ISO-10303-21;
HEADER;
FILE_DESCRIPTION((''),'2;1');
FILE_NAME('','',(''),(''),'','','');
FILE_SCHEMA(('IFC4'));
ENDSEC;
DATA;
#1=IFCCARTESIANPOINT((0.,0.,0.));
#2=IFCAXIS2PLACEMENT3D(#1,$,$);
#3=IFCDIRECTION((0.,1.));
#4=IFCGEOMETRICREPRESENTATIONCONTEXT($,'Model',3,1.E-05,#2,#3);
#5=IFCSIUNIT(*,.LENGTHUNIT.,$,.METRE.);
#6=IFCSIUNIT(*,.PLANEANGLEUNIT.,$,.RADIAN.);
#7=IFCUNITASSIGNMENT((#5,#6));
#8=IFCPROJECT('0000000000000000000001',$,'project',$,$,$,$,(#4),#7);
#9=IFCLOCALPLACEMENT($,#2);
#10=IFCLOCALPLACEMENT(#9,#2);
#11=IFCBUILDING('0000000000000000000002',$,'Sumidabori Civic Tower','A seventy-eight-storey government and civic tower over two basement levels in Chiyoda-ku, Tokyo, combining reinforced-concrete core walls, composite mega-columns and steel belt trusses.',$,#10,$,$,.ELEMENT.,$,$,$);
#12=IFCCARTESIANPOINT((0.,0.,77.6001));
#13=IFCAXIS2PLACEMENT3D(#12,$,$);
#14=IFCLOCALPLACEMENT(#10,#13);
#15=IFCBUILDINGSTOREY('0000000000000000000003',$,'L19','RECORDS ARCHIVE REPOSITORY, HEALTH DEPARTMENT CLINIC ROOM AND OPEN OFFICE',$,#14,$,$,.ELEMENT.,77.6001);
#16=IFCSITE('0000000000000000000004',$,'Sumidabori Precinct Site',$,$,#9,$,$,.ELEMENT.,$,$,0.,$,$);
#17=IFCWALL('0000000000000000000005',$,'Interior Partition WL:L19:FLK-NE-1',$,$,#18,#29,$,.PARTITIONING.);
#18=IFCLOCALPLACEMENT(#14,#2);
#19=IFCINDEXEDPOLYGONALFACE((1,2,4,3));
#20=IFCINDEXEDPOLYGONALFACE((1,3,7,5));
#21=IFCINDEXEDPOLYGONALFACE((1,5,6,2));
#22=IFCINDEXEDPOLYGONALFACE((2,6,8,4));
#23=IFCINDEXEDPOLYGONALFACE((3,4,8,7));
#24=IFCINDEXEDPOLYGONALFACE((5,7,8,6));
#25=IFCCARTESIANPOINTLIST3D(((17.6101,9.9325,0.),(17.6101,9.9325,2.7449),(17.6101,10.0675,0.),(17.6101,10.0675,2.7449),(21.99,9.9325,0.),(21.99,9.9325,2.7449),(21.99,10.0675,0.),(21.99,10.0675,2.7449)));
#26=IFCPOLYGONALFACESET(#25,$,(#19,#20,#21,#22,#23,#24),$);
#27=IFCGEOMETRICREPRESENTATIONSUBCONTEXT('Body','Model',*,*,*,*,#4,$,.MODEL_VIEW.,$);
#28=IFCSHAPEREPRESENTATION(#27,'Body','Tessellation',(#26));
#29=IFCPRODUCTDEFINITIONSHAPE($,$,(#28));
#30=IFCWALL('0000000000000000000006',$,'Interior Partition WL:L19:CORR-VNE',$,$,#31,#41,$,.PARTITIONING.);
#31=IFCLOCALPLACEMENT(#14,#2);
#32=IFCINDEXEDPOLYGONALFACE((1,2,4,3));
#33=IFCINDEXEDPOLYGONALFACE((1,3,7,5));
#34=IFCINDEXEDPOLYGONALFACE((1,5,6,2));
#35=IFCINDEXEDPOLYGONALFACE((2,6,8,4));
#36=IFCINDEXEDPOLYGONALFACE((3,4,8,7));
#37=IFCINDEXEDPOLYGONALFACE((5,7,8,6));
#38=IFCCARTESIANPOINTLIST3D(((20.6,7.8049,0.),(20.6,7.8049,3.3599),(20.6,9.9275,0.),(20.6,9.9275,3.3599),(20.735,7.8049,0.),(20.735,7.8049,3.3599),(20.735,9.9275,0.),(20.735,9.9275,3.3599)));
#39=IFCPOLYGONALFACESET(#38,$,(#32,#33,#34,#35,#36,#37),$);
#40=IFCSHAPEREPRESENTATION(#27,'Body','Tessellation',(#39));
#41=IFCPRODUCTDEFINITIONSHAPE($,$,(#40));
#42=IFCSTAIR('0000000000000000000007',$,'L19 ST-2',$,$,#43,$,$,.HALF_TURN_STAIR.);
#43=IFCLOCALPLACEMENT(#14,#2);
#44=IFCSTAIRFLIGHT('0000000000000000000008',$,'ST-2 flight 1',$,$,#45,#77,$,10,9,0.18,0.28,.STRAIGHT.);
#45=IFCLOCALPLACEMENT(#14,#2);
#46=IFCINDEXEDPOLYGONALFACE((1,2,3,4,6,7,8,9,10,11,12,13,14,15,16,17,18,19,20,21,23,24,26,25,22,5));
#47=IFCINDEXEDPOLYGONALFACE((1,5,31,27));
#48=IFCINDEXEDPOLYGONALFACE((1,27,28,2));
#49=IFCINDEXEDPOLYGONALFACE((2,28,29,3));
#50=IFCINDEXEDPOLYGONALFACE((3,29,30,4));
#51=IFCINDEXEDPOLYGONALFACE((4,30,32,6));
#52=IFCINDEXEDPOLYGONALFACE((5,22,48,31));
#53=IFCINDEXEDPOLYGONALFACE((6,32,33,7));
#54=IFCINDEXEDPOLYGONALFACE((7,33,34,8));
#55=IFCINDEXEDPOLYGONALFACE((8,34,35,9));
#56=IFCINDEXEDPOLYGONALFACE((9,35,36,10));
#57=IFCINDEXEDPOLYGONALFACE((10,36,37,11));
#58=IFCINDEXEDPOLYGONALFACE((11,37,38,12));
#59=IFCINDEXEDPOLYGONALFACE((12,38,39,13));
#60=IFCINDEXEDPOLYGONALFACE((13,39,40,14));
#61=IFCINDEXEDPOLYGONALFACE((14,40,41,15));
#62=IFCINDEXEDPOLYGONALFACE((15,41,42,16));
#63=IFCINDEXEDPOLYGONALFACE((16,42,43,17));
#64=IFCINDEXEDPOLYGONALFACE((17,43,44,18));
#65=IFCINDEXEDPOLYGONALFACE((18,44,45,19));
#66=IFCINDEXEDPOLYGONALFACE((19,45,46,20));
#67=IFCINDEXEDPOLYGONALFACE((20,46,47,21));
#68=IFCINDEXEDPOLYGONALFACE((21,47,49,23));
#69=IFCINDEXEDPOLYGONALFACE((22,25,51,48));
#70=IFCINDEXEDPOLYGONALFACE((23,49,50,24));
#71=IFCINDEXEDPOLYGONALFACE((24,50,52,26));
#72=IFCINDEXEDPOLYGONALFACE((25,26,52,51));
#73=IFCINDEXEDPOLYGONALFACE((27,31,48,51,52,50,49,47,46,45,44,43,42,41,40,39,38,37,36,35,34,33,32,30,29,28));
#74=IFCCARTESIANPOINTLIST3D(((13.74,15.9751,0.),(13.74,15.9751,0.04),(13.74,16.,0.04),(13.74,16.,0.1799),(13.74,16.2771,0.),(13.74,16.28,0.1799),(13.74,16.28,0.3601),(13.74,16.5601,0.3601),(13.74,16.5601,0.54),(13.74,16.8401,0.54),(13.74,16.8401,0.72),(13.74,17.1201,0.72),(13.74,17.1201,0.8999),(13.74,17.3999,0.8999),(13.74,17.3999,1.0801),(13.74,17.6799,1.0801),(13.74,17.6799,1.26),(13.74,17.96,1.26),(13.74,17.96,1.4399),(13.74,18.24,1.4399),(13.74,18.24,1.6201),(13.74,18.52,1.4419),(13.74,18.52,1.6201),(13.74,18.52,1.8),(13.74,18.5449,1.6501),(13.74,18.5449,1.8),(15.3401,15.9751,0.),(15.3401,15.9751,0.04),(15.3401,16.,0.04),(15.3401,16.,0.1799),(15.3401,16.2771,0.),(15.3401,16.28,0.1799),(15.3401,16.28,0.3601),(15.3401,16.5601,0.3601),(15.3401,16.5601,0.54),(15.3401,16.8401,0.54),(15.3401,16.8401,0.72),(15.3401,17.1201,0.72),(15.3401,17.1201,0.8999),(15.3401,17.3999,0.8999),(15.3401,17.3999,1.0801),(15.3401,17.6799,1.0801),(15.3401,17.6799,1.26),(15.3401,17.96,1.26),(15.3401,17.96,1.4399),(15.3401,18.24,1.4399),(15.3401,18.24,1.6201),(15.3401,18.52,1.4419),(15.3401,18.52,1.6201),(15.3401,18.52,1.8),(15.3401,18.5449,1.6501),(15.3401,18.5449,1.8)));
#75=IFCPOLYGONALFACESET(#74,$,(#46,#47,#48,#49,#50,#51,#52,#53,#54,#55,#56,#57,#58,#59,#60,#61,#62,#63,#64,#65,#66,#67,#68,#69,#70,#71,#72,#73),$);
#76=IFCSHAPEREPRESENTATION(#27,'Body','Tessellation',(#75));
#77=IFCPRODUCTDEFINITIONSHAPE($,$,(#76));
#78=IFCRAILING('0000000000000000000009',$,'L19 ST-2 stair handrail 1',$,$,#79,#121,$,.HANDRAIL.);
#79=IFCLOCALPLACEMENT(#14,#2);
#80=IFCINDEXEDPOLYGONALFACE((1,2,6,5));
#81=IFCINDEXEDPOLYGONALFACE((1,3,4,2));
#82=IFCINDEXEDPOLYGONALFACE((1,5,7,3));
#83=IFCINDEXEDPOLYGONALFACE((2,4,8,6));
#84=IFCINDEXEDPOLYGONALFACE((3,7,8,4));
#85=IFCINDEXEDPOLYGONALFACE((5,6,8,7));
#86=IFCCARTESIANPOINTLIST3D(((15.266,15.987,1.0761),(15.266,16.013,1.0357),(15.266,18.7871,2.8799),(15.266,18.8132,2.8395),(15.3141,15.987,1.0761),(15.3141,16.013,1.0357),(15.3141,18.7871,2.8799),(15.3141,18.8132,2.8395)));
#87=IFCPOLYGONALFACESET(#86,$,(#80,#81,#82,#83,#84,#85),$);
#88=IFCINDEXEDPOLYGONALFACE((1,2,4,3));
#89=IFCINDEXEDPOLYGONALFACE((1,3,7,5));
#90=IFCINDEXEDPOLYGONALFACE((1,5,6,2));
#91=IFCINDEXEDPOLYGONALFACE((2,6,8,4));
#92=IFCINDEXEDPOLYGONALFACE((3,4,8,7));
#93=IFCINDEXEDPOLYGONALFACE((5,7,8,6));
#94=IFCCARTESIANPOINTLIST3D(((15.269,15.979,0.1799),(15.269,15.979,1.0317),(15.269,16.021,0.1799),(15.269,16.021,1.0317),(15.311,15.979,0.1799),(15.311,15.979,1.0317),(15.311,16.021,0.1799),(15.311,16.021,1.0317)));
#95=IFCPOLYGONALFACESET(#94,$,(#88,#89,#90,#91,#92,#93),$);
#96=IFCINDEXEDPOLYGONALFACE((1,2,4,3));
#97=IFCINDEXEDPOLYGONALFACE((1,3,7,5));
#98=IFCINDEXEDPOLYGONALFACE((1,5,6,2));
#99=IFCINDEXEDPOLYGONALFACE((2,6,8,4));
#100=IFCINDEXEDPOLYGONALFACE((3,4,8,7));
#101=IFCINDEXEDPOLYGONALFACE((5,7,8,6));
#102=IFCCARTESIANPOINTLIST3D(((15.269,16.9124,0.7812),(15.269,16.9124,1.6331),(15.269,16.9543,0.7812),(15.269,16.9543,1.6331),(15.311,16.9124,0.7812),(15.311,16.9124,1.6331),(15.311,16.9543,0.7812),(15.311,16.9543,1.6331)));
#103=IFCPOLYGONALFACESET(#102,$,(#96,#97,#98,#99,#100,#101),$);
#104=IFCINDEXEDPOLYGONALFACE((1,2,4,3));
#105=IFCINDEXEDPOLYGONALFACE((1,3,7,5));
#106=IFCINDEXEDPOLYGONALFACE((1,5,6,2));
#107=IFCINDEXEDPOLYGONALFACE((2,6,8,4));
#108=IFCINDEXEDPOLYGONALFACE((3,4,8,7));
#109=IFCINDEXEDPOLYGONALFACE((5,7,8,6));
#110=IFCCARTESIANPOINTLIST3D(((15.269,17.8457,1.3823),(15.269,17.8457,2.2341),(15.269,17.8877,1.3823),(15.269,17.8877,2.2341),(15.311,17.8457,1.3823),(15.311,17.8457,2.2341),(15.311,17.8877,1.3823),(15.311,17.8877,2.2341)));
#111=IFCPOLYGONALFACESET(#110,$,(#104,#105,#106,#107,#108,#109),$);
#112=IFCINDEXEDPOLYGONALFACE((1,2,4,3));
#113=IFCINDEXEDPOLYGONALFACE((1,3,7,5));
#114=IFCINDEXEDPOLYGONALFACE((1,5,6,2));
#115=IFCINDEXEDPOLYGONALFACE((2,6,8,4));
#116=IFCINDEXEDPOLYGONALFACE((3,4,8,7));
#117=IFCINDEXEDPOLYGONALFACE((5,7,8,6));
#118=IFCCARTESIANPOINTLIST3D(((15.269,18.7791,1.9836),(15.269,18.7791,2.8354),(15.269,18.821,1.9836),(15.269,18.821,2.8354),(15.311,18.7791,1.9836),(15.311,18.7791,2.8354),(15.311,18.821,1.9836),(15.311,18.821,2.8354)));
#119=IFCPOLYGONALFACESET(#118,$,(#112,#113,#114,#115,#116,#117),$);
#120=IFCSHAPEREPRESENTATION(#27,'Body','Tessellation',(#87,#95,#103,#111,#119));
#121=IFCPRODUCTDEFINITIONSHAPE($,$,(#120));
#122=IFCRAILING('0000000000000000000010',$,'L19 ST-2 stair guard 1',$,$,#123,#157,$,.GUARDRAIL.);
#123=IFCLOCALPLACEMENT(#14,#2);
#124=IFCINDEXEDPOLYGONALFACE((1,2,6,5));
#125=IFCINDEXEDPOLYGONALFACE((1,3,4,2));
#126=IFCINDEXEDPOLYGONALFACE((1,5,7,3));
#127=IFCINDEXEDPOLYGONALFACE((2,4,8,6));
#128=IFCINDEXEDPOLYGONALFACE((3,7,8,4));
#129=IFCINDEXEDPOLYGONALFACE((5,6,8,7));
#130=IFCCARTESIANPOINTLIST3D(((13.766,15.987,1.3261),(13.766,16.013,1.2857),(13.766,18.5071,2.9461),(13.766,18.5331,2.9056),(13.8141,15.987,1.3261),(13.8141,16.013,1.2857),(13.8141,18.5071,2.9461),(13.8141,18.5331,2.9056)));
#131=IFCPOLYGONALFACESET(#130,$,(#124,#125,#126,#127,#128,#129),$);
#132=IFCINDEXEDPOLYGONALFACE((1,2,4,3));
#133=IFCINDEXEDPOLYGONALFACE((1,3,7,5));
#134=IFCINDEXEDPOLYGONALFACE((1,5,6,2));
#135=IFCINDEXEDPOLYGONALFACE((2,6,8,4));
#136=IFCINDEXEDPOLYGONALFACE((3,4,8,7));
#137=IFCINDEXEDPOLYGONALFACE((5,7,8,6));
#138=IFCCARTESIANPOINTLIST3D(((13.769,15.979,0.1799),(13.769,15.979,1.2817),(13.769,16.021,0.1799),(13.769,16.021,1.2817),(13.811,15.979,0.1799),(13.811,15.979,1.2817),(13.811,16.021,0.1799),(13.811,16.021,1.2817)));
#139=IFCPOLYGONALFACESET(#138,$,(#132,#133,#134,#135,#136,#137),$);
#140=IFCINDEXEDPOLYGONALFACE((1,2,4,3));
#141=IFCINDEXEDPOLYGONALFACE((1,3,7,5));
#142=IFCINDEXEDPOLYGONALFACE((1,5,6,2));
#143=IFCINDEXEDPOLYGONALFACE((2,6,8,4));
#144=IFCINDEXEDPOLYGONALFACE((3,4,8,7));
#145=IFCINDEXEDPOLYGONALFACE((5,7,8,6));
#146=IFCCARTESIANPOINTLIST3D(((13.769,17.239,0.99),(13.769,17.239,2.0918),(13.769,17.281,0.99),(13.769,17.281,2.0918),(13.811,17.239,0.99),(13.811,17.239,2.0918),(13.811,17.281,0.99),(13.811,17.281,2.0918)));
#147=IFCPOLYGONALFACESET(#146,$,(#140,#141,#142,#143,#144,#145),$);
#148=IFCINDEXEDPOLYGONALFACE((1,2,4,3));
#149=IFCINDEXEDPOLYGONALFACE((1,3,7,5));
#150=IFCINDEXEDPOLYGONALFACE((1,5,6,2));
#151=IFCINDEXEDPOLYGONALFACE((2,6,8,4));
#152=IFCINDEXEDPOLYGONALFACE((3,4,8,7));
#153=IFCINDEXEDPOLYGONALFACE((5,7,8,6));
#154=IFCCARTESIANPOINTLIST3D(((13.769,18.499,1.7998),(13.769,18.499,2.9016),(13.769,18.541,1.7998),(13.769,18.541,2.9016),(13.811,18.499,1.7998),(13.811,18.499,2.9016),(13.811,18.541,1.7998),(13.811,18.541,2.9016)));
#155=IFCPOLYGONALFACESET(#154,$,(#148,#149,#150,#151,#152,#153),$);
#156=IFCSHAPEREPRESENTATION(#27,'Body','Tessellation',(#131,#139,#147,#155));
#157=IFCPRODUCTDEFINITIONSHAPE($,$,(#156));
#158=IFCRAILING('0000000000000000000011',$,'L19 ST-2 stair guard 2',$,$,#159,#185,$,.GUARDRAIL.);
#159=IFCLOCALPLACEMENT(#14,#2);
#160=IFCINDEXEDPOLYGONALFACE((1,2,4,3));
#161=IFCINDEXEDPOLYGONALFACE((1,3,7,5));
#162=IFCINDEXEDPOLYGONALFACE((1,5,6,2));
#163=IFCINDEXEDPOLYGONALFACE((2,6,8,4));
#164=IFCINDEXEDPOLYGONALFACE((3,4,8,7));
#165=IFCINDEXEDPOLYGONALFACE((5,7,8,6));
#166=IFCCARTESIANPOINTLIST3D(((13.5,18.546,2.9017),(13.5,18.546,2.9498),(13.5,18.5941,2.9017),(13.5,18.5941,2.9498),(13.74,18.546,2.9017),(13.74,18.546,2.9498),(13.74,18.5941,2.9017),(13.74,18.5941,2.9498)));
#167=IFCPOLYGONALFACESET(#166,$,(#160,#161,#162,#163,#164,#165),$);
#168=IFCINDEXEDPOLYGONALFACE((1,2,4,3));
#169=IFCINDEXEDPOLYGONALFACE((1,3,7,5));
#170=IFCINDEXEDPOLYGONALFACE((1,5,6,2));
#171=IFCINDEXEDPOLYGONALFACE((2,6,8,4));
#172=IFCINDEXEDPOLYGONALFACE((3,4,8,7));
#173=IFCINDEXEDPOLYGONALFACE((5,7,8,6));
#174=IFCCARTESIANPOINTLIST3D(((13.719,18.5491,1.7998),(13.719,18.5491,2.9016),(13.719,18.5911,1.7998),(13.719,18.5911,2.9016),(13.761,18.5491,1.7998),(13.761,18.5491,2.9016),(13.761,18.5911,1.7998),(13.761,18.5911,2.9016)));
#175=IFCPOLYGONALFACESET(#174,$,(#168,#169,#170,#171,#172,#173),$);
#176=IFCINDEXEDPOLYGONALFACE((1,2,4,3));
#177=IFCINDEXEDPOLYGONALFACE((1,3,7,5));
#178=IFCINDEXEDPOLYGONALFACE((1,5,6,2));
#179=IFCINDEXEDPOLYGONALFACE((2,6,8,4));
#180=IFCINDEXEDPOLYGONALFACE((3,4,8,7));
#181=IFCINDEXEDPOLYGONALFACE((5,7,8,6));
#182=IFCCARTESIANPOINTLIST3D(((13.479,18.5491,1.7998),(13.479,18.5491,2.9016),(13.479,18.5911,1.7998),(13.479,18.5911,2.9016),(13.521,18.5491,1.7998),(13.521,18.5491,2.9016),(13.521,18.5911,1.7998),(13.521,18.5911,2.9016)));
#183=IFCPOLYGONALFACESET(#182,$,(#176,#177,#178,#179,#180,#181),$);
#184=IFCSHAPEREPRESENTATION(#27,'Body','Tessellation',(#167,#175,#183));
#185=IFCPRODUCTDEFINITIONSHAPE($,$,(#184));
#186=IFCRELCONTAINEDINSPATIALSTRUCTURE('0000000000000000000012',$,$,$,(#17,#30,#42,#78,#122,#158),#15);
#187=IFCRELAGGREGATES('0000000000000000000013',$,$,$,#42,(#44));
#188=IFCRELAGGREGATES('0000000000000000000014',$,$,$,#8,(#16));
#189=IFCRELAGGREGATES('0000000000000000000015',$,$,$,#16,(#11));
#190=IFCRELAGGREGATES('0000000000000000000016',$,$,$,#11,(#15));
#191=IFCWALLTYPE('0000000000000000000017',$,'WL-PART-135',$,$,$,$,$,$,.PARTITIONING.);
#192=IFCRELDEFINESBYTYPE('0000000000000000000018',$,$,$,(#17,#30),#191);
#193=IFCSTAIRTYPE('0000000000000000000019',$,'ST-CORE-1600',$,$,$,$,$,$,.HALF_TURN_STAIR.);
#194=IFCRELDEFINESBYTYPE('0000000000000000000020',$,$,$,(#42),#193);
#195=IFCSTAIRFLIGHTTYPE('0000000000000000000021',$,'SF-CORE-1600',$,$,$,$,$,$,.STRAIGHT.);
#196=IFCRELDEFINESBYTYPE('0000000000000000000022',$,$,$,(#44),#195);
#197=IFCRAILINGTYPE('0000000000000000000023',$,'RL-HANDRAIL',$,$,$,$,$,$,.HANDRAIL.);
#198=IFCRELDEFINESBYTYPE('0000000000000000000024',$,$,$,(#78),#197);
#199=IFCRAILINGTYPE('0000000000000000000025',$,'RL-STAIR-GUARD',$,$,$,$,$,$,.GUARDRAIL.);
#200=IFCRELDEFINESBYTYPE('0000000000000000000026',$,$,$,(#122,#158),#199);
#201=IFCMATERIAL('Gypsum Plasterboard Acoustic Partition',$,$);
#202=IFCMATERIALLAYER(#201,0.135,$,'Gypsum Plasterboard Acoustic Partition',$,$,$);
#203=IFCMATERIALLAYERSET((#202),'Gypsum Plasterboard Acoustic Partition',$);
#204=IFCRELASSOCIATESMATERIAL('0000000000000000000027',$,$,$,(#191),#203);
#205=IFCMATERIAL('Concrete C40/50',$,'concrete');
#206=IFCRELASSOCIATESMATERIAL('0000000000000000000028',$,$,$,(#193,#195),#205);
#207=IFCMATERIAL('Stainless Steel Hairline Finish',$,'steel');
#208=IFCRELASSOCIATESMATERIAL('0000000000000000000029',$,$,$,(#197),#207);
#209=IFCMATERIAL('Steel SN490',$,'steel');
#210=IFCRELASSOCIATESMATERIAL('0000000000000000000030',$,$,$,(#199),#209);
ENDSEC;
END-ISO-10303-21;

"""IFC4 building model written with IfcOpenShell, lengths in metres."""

from ifc_helpers import new_model, si_unit, direction, frame, frame_2d, origin, origin_2d, place, context, subcontext, project, spatial, polyline, rectangle, outline, extrude, source, transform, mapped, material, layer, layer_set, type_object, element, aggregate, save


model = new_model("IFC4")

# Units and contexts
model_context = context("Model", 3, precision=1e-05, world=origin(), true_north=direction((0.0, 1.0)))
body_context = subcontext(model_context, "Body", "Model", "MODEL_VIEW")
ifc_project = project(units=[si_unit("LENGTHUNIT", "METRE"), si_unit("PLANEANGLEUNIT", "RADIAN")], contexts=[model_context])

# Site, building, storey
site_placement = place(None, origin())
site = spatial("IfcSite", under=ifc_project, at=site_placement, Name="Sumidabori Precinct Site", CompositionType="ELEMENT", RefElevation=0.0)
building_placement = place(site_placement, origin())
building = spatial("IfcBuilding", under=site, at=building_placement, Name="Sumidabori Civic Tower", Description="A seventy-eight-storey government and civic tower over two basement levels in Chiyoda-ku, Tokyo, combining reinforced-concrete core walls, composite mega-columns and steel belt trusses.", CompositionType="ELEMENT")
storey_placement = place(building_placement, frame((0.0, 0.0, 77.6001)))
storey = spatial("IfcBuildingStorey", under=building, at=storey_placement, Name="L19", Description="RECORDS ARCHIVE REPOSITORY, HEALTH DEPARTMENT CLINIC ROOM AND OPEN OFFICE", CompositionType="ELEMENT", Elevation=77.6001)

# Shared definitions
ifc_material_1 = material(Name="Steel SN490", Category="steel")

# Walls
ifc_material_2 = material(Name="Gypsum Plasterboard Acoustic Partition")
ifc_layer_1 = layer(ifc_material_2, 0.135, Name="Gypsum Plasterboard Acoustic Partition")
ifc_layer_set_1 = layer_set([ifc_layer_1], Name="Gypsum Plasterboard Acoustic Partition")
wall_type_1 = type_object("IfcWallType", Name="WL-PART-135", PredefinedType="PARTITIONING", material=ifc_layer_set_1)
shared_shape_1 = source(origin(), body_context, "Body", "SweptSolid", [
    extrude(rectangle(XDim=4.3799, YDim=0.135, at=frame_2d((2.1899, 0.0))), origin(), (0.0, 0.0, 1.0), 2.7449),
])
wall_1_placement = place(storey_placement, frame((17.6101, 10.0, 0.0), z_axis=(0.0, 0.0, 1.0), x_axis=(1.0, 0.0, 0.0)))
element("IfcWall", 1, at=wall_1_placement, inside=storey, type_object=wall_type_1, Name="Interior Partition WL:L19:FLK-NE-1", PredefinedType="PARTITIONING", context=body_context, shape_type="MappedRepresentation", body=[
    mapped(shared_shape_1, transform((0.0, 0.0, 0.0), x_axis=(1.0, 0.0, 0.0), y_axis=(0.0, 1.0, 0.0), z_axis=(0.0, 0.0, 1.0), scale=1.0)),
])
shared_shape_2 = source(origin(), body_context, "Body", "SweptSolid", [
    extrude(rectangle(XDim=2.1226, YDim=0.135, at=frame_2d((1.0613, 0.0))), origin(), (0.0, 0.0, 1.0), 3.3599),
])
wall_2_placement = place(storey_placement, frame((20.6675, 7.8049, 0.0), z_axis=(0.0, 0.0, 1.0), x_axis=(0.0, 1.0, 0.0)))
element("IfcWall", 2, at=wall_2_placement, inside=storey, type_object=wall_type_1, Name="Interior Partition WL:L19:CORR-VNE", PredefinedType="PARTITIONING", context=body_context, shape_type="MappedRepresentation", body=[
    mapped(shared_shape_2, transform((0.0, 0.0, 0.0), x_axis=(1.0, 0.0, 0.0), y_axis=(0.0, 1.0, 0.0), z_axis=(0.0, 0.0, 1.0), scale=1.0)),
])

# Stair, stair flight
ifc_material_3 = material(Name="Concrete C40/50", Category="concrete")
stair_type = type_object("IfcStairType", Name="ST-CORE-1600", PredefinedType="HALF_TURN_STAIR", material=ifc_material_3)
stair_placement = place(storey_placement, origin())
stair = element("IfcStair", 3, at=stair_placement, inside=storey, type_object=stair_type, Name="L19 ST-2", PredefinedType="HALF_TURN_STAIR")
stair_flight_type = type_object("IfcStairFlightType", Name="SF-CORE-1600", PredefinedType="STRAIGHT", material=ifc_material_3)
shared_shape_3 = source(origin(), body_context, "Body", "SweptSolid", [
    extrude(outline(polyline([(-0.0249, 0.0), (-0.0249, 0.04), (0.0, 0.04), (0.0, 0.1799), (0.28, 0.1799), (0.28, 0.3601), (0.5601, 0.3601), (0.5601, 0.54), (0.8401, 0.54), (0.8401, 0.72), (1.1201, 0.72), (1.1201, 0.8999), (1.3999, 0.8999), (1.3999, 1.0801), (1.6799, 1.0801), (1.6799, 1.26), (1.96, 1.26), (1.96, 1.4399), (2.24, 1.4399), (2.24, 1.6201), (2.52, 1.6201), (2.52, 1.8), (2.5449, 1.8), (2.5449, 1.6501), (2.52, 1.4419), (0.2771, 0.0), (-0.0249, 0.0)])), frame((0.0, 0.8, 0.0), z_axis=(0.0, -1.0, 0.0), x_axis=(1.0, 0.0, 0.0)), (0.0, 0.0, 1.0), 1.6001),
])
stair_flight_placement = place(storey_placement, frame((14.54, 16.0, 0.0), z_axis=(0.0, 0.0, 1.0), x_axis=(0.0, 1.0, 0.0)))
stair_flight = element("IfcStairFlight", 4, at=stair_flight_placement, type_object=stair_flight_type, Name="ST-2 flight 1", NumberOfRisers=10, NumberOfTreads=9, PredefinedType="STRAIGHT", RiserHeight=0.18, TreadLength=0.28, context=body_context, shape_type="MappedRepresentation", body=[
    mapped(shared_shape_3, transform((0.0, 0.0, 0.0), x_axis=(1.0, 0.0, 0.0), y_axis=(0.0, 1.0, 0.0), z_axis=(0.0, 0.0, 1.0), scale=1.0)),
])
aggregate(stair, [stair_flight])

# Railings
ifc_material_4 = material(Name="Stainless Steel Hairline Finish", Category="steel")
railing_type_1 = type_object("IfcRailingType", Name="RL-HANDRAIL", PredefinedType="HANDRAIL", material=ifc_material_4)
railing_1_placement = place(storey_placement, frame((15.29, 16.0, 0.1799)))
element("IfcRailing", 5, at=railing_1_placement, inside=storey, type_object=railing_type_1, Name="L19 ST-2 stair handrail 1", PredefinedType="HANDRAIL", context=body_context, shape_type="SweptSolid", body=[
    extrude(rectangle(XDim=0.0481, YDim=0.0481, at=origin_2d()), frame((0.0, 0.0, 0.876), z_axis=(0.0, 0.840676, 0.541539), x_axis=(-1.0, 0.0, 0.0)), (0.0, 0.0, 1.0), 3.3308),
    extrude(rectangle(XDim=0.042, YDim=0.042, at=origin_2d()), origin(), (0.0, 0.0, 1.0), 0.8518),
    extrude(rectangle(XDim=0.042, YDim=0.042, at=origin_2d()), frame((0.0, 0.9333, 0.6013)), (0.0, 0.0, 1.0), 0.8518),
    extrude(rectangle(XDim=0.042, YDim=0.042, at=origin_2d()), frame((0.0, 1.8667, 1.2024)), (0.0, 0.0, 1.0), 0.8518),
    extrude(rectangle(XDim=0.042, YDim=0.042, at=origin_2d()), frame((0.0, 2.8, 1.8037)), (0.0, 0.0, 1.0), 0.8518),
])
railing_type_2 = type_object("IfcRailingType", Name="RL-STAIR-GUARD", PredefinedType="GUARDRAIL", material=ifc_material_1)
railing_2_placement = place(storey_placement, frame((13.79, 16.0, 0.1799)))
element("IfcRailing", 6, at=railing_2_placement, inside=storey, type_object=railing_type_2, Name="L19 ST-2 stair guard 1", PredefinedType="GUARDRAIL", context=body_context, shape_type="SweptSolid", body=[
    extrude(rectangle(XDim=0.0481, YDim=0.0481, at=origin_2d()), frame((0.0, 0.0, 1.126), z_axis=(0.0, 0.8412, 0.540725), x_axis=(-1.0, 0.0, 0.0)), (0.0, 0.0, 1.0), 2.9958),
    extrude(rectangle(XDim=0.042, YDim=0.042, at=origin_2d()), origin(), (0.0, 0.0, 1.0), 1.1018),
    extrude(rectangle(XDim=0.042, YDim=0.042, at=origin_2d()), frame((0.0, 1.26, 0.8101)), (0.0, 0.0, 1.0), 1.1018),
    extrude(rectangle(XDim=0.042, YDim=0.042, at=origin_2d()), frame((0.0, 2.52, 1.6199)), (0.0, 0.0, 1.0), 1.1018),
])
for number, where, name in (
    (7, (13.74, 18.5701, 1.7998), "L19 ST-2 stair guard 2"),
):
    element("IfcRailing", number, at=place(storey_placement, frame(where)), inside=storey, type_object=railing_type_2, Name=name, PredefinedType="GUARDRAIL", context=body_context, shape_type="SweptSolid", body=[
        extrude(rectangle(XDim=0.0481, YDim=0.0481, at=origin_2d()), frame((0.0, 0.0, 1.126), z_axis=(-1.0, 0.0, 0.0), x_axis=(0.0, -1.0, 0.0)), (0.0, 0.0, 1.0), 0.24),
        extrude(rectangle(XDim=0.042, YDim=0.042, at=origin_2d()), origin(), (0.0, 0.0, 1.0), 1.1018),
        extrude(rectangle(XDim=0.042, YDim=0.042, at=origin_2d()), frame((-0.24, 0.0, 0.0)), (0.0, 0.0, 1.0), 1.1018),
    ])

save(model, "model.ifc")
